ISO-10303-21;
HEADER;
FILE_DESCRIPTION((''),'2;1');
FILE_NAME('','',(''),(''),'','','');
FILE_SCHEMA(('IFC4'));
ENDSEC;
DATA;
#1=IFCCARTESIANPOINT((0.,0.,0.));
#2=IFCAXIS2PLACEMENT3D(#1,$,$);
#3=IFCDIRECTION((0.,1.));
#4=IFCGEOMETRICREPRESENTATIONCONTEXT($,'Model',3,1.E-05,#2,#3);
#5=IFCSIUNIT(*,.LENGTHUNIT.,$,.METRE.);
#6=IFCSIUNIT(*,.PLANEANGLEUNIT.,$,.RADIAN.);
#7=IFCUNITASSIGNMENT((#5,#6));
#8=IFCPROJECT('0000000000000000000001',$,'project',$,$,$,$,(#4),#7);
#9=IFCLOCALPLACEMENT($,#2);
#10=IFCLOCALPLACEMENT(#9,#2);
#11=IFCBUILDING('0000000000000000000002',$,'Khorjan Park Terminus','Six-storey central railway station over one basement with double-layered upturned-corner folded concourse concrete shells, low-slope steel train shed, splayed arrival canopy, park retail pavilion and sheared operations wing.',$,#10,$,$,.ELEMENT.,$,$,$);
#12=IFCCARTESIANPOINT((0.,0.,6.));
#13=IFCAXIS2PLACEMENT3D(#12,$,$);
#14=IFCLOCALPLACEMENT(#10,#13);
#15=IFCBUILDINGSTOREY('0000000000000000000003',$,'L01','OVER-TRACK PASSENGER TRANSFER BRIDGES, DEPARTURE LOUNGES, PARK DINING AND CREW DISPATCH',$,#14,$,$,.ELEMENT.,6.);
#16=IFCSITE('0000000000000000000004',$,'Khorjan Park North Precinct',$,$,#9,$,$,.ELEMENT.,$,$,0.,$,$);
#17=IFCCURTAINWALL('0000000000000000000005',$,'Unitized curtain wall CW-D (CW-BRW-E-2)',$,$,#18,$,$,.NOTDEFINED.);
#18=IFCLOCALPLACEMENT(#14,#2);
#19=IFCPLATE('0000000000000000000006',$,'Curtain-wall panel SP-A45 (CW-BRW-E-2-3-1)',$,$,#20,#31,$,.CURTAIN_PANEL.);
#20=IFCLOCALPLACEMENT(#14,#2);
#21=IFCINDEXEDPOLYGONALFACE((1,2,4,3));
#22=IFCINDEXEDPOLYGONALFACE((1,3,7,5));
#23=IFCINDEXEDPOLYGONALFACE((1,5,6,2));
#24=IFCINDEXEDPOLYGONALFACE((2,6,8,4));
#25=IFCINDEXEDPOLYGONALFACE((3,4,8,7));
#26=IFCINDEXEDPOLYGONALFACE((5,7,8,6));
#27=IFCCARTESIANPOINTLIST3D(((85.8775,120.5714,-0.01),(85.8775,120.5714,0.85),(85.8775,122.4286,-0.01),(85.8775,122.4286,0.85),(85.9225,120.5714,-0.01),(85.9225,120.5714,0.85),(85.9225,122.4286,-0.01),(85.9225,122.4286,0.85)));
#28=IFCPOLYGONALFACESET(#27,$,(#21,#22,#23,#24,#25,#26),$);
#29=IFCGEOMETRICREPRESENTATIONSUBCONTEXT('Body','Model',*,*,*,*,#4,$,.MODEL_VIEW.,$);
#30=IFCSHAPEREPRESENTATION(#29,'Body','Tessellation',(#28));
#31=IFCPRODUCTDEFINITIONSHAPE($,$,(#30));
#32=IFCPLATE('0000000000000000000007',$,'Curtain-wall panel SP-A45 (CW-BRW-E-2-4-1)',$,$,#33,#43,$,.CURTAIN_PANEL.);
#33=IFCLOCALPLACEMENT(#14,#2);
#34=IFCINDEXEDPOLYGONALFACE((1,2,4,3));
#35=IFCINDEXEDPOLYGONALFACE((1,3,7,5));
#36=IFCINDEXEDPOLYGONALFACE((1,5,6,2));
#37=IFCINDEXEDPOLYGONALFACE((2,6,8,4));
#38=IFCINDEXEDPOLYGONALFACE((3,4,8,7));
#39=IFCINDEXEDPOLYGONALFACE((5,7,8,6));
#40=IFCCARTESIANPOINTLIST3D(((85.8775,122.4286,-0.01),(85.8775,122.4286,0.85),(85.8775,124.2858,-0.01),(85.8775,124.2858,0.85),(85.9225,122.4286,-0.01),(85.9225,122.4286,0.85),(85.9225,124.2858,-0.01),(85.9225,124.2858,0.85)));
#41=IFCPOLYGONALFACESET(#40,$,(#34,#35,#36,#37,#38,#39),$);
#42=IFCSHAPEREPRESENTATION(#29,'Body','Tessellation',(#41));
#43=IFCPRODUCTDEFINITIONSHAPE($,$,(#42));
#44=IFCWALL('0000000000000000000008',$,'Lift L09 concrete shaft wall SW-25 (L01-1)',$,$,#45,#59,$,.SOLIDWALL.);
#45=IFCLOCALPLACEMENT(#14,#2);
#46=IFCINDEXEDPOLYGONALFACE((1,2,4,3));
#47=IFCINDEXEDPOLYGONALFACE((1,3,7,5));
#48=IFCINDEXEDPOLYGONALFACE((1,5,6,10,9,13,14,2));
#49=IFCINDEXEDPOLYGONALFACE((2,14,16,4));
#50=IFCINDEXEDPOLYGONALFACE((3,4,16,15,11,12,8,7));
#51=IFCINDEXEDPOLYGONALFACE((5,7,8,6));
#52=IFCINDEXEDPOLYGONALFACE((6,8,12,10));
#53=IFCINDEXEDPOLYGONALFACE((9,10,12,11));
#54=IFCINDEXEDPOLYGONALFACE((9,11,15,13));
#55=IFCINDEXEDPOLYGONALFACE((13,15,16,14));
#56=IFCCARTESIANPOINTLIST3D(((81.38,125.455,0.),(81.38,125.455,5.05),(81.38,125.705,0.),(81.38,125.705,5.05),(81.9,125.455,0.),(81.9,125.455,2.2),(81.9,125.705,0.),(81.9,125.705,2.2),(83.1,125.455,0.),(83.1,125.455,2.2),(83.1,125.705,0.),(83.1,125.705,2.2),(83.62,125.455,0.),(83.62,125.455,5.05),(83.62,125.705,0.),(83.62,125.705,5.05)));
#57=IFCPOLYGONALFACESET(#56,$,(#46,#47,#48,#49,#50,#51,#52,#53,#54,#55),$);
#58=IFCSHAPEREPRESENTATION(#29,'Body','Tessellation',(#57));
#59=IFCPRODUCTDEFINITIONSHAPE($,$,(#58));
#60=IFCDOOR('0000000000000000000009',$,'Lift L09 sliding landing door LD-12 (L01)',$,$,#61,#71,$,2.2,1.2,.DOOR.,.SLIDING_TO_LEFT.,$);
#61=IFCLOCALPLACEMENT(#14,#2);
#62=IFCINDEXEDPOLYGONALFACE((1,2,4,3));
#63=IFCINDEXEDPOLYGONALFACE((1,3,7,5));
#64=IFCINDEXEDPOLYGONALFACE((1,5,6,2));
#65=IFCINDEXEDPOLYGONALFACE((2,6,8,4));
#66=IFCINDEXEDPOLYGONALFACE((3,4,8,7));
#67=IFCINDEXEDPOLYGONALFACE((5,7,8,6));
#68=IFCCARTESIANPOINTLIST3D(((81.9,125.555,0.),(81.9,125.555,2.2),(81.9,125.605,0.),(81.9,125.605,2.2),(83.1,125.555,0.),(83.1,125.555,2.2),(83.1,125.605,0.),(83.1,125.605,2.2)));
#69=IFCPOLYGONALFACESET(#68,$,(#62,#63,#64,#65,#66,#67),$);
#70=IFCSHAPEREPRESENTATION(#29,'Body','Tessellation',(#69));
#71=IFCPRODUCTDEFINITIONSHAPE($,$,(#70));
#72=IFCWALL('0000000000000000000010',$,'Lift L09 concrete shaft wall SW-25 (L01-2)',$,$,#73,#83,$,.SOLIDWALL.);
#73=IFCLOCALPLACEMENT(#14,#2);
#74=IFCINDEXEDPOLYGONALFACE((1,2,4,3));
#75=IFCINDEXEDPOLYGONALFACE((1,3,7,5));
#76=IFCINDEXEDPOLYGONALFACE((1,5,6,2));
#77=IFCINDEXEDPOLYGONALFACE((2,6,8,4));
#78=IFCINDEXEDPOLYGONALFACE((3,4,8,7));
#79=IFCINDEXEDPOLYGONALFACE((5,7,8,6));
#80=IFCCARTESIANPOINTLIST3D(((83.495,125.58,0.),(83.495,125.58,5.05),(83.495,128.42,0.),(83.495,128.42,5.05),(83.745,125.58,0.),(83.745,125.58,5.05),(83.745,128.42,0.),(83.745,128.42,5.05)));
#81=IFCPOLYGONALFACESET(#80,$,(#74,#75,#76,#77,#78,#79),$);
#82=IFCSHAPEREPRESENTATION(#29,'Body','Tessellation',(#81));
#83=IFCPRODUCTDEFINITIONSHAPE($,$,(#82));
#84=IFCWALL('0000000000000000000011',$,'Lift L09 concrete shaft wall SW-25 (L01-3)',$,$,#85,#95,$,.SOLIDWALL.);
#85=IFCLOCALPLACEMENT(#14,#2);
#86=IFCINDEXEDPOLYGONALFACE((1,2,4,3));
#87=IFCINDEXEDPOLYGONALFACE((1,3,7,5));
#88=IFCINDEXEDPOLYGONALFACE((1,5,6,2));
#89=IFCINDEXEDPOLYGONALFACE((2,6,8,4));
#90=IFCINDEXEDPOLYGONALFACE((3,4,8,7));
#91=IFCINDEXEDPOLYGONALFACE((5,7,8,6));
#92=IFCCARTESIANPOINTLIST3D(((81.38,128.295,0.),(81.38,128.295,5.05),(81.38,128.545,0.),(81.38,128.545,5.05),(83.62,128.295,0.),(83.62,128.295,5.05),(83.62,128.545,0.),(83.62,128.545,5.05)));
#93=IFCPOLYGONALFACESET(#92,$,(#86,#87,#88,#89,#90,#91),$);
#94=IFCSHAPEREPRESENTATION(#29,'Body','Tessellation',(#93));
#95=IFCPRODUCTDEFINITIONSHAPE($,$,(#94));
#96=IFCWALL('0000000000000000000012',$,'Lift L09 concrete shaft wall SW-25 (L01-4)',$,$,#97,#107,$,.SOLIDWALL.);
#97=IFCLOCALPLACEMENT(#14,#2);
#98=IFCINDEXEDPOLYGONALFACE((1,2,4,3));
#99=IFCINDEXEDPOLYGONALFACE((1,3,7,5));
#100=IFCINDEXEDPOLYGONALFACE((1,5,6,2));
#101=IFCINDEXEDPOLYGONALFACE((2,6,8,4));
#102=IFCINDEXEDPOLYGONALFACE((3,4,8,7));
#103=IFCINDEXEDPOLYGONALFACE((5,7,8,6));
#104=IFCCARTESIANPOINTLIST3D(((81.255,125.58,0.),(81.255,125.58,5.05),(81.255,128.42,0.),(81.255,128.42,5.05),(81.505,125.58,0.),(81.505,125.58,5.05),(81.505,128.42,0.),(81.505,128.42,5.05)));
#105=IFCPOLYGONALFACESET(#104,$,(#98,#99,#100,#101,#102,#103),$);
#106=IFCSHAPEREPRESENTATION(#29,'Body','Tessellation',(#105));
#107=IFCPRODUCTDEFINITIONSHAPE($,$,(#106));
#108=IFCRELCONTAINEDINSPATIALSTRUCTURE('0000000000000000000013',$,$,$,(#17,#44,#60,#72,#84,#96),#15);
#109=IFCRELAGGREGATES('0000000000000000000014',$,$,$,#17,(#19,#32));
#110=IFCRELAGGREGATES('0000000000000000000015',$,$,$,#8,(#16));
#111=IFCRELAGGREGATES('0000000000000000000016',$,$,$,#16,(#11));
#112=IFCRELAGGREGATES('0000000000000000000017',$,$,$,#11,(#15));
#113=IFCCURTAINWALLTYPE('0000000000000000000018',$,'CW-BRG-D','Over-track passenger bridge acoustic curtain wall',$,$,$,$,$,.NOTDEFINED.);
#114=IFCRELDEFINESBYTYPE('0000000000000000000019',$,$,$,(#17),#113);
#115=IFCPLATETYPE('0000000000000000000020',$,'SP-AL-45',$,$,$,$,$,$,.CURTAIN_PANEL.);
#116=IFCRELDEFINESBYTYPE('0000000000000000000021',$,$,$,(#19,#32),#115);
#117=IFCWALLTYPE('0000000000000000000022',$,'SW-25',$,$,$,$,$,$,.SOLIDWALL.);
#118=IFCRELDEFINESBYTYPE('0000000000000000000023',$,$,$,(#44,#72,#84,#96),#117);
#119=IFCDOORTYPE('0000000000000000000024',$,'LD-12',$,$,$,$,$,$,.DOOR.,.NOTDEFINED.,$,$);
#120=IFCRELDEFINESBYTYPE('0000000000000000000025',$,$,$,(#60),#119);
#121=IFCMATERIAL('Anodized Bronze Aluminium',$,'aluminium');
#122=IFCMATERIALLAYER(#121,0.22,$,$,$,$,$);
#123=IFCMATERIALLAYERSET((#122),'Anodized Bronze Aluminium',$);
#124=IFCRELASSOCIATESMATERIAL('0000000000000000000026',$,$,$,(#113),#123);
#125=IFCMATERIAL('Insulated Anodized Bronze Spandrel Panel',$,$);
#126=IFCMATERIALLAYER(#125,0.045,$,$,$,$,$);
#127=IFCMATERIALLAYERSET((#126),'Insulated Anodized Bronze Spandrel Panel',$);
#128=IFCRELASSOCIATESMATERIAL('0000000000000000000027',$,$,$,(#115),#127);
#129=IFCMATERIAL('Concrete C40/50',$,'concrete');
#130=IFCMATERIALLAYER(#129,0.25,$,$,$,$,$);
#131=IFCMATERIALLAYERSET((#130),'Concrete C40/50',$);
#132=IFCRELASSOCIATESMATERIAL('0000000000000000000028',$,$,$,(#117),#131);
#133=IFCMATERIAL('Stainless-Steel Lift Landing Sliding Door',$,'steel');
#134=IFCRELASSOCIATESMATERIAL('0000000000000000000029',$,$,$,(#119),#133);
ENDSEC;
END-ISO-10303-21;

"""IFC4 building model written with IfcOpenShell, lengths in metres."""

from ifc_helpers import new_model, si_unit, direction, frame, frame_2d, origin, origin_2d, place, context, subcontext, project, spatial, rectangle, extrude, material, layer, layer_set, type_object, element, fill, aggregate, save


model = new_model("IFC4")

# Units and contexts
model_context = context("Model", 3, precision=1e-05, world=origin(), true_north=direction((0.0, 1.0)))
body_context = subcontext(model_context, "Body", "Model", "MODEL_VIEW")
ifc_project = project(units=[si_unit("LENGTHUNIT", "METRE"), si_unit("PLANEANGLEUNIT", "RADIAN")], contexts=[model_context])

# Site, building, storey
site_placement = place(None, origin())
site = spatial("IfcSite", under=ifc_project, at=site_placement, Name="Khorjan Park North Precinct", CompositionType="ELEMENT", RefElevation=0.0)
building_placement = place(site_placement, origin())
building = spatial("IfcBuilding", under=site, at=building_placement, Name="Khorjan Park Terminus", Description="Six-storey central railway station over one basement with double-layered upturned-corner folded concourse concrete shells, low-slope steel train shed, splayed arrival canopy, park retail pavilion and sheared operations wing.", CompositionType="ELEMENT")
storey_placement = place(building_placement, frame((0.0, 0.0, 6.0)))
storey = spatial("IfcBuildingStorey", under=building, at=storey_placement, Name="L01", Description="OVER-TRACK PASSENGER TRANSFER BRIDGES, DEPARTURE LOUNGES, PARK DINING AND CREW DISPATCH", CompositionType="ELEMENT", Elevation=6.0)

# Curtain wall, plates
ifc_material_1 = material(Name="Anodized Bronze Aluminium", Category="aluminium")
ifc_layer_1 = layer(ifc_material_1, 0.22)
ifc_layer_set_1 = layer_set([ifc_layer_1], Name="Anodized Bronze Aluminium")
curtain_wall_type = type_object("IfcCurtainWallType", Name="CW-BRG-D", Description="Over-track passenger bridge acoustic curtain wall", PredefinedType="NOTDEFINED", material=ifc_layer_set_1)
curtain_wall_placement = place(storey_placement, origin())
curtain_wall = element("IfcCurtainWall", 1, at=curtain_wall_placement, inside=storey, type_object=curtain_wall_type, Name="Unitized curtain wall CW-D (CW-BRW-E-2)", PredefinedType="NOTDEFINED")
ifc_material_2 = material(Name="Insulated Anodized Bronze Spandrel Panel")
ifc_layer_2 = layer(ifc_material_2, 0.045)
ifc_layer_set_2 = layer_set([ifc_layer_2], Name="Insulated Anodized Bronze Spandrel Panel")
plate_type_1 = type_object("IfcPlateType", Name="SP-AL-45", PredefinedType="CURTAIN_PANEL", material=ifc_layer_set_2)
plate_1_placement = place(storey_placement, frame((85.9, 121.5, -0.01), z_axis=(0.0, 0.0, 1.0), x_axis=(0.0, 1.0, 0.0)))
plate_1 = element("IfcPlate", 2, at=plate_1_placement, type_object=plate_type_1, Name="Curtain-wall panel SP-A45 (CW-BRW-E-2-3-1)", PredefinedType="CURTAIN_PANEL", context=body_context, shape_type="SweptSolid", body=[
    extrude(rectangle(XDim=1.8571, YDim=0.045, at=origin_2d()), origin(), (0.0, 0.0, 1.0), 0.86),
])
plate_2_placement = place(storey_placement, frame((85.9, 123.3572, -0.01), z_axis=(0.0, 0.0, 1.0), x_axis=(0.0, 1.0, 0.0)))
plate_2 = element("IfcPlate", 3, at=plate_2_placement, type_object=plate_type_1, Name="Curtain-wall panel SP-A45 (CW-BRW-E-2-4-1)", PredefinedType="CURTAIN_PANEL", context=body_context, shape_type="SweptSolid", body=[
    extrude(rectangle(XDim=1.8571, YDim=0.045, at=origin_2d()), origin(), (0.0, 0.0, 1.0), 0.86),
])
aggregate(curtain_wall, [plate_1, plate_2])

# Wall, opening, door
ifc_material_3 = material(Name="Concrete C40/50", Category="concrete")
ifc_layer_3 = layer(ifc_material_3, 0.25)
ifc_layer_set_3 = layer_set([ifc_layer_3], Name="Concrete C40/50")
wall_type = type_object("IfcWallType", Name="SW-25", PredefinedType="SOLIDWALL", material=ifc_layer_set_3)
wall_1_placement = place(storey_placement, frame((81.38, 125.58, 0.0), z_axis=(0.0, 0.0, 1.0), x_axis=(1.0, 0.0, 0.0)))
wall_1 = element("IfcWall", 4, at=wall_1_placement, inside=storey, type_object=wall_type, Name="Lift L09 concrete shaft wall SW-25 (L01-1)", PredefinedType="SOLIDWALL", context=body_context, shape_type="SweptSolid", body=[
    extrude(rectangle(XDim=2.24, YDim=0.25, at=frame_2d((1.12, 0.0))), origin(), (0.0, 0.0, 1.0), 5.05),
])
opening_placement = place(wall_1_placement, frame((0.52, 0.0, 0.0)))
opening = element("IfcOpeningElement", 5, at=opening_placement, cuts=wall_1, PredefinedType="OPENING", context=body_context, shape_type="SweptSolid", body=[
    extrude(rectangle(XDim=1.2, YDim=2.2, at=frame_2d((0.6, 1.1))), frame((0.0, 0.135, 0.0), z_axis=(0.0, -1.0, 0.0), x_axis=(1.0, 0.0, 0.0)), (0.0, 0.0, 1.0), 0.27),
])
ifc_material_4 = material(Name="Stainless-Steel Lift Landing Sliding Door", Category="steel")
door_type = type_object("IfcDoorType", Name="LD-12", OperationType="NOTDEFINED", PredefinedType="DOOR", material=ifc_material_4)
door_placement = place(opening_placement, origin())
door = element("IfcDoor", 6, at=door_placement, inside=storey, type_object=door_type, Name="Lift L09 sliding landing door LD-12 (L01)", OperationType="SLIDING_TO_LEFT", OverallHeight=2.2, OverallWidth=1.2, PredefinedType="DOOR", context=body_context, shape_type="SweptSolid", body=[
    extrude(rectangle(XDim=1.2, YDim=2.2, at=frame_2d((0.6, 1.1))), frame((0.0, 0.025, 0.0), z_axis=(0.0, -1.0, 0.0), x_axis=(1.0, 0.0, 0.0)), (0.0, 0.0, 1.0), 0.05),
])
fill(opening, door)

# Walls
wall_2_placement = place(storey_placement, frame((83.62, 125.58, 0.0), z_axis=(0.0, 0.0, 1.0), x_axis=(0.0, 1.0, 0.0)))
element("IfcWall", 7, at=wall_2_placement, inside=storey, type_object=wall_type, Name="Lift L09 concrete shaft wall SW-25 (L01-2)", PredefinedType="SOLIDWALL", context=body_context, shape_type="SweptSolid", body=[
    extrude(rectangle(XDim=2.84, YDim=0.25, at=frame_2d((1.42, 0.0))), origin(), (0.0, 0.0, 1.0), 5.05),
])
wall_3_placement = place(storey_placement, frame((83.62, 128.42, 0.0), z_axis=(0.0, 0.0, 1.0), x_axis=(-1.0, 0.0, 0.0)))
element("IfcWall", 8, at=wall_3_placement, inside=storey, type_object=wall_type, Name="Lift L09 concrete shaft wall SW-25 (L01-3)", PredefinedType="SOLIDWALL", context=body_context, shape_type="SweptSolid", body=[
    extrude(rectangle(XDim=2.24, YDim=0.25, at=frame_2d((1.12, 0.0))), origin(), (0.0, 0.0, 1.0), 5.05),
])
wall_4_placement = place(storey_placement, frame((81.38, 128.42, 0.0), z_axis=(0.0, 0.0, 1.0), x_axis=(0.0, -1.0, 0.0)))
element("IfcWall", 9, at=wall_4_placement, inside=storey, type_object=wall_type, Name="Lift L09 concrete shaft wall SW-25 (L01-4)", PredefinedType="SOLIDWALL", context=body_context, shape_type="SweptSolid", body=[
    extrude(rectangle(XDim=2.84, YDim=0.25, at=frame_2d((1.42, 0.0))), origin(), (0.0, 0.0, 1.0), 5.05),
])

save(model, "model.ifc")
